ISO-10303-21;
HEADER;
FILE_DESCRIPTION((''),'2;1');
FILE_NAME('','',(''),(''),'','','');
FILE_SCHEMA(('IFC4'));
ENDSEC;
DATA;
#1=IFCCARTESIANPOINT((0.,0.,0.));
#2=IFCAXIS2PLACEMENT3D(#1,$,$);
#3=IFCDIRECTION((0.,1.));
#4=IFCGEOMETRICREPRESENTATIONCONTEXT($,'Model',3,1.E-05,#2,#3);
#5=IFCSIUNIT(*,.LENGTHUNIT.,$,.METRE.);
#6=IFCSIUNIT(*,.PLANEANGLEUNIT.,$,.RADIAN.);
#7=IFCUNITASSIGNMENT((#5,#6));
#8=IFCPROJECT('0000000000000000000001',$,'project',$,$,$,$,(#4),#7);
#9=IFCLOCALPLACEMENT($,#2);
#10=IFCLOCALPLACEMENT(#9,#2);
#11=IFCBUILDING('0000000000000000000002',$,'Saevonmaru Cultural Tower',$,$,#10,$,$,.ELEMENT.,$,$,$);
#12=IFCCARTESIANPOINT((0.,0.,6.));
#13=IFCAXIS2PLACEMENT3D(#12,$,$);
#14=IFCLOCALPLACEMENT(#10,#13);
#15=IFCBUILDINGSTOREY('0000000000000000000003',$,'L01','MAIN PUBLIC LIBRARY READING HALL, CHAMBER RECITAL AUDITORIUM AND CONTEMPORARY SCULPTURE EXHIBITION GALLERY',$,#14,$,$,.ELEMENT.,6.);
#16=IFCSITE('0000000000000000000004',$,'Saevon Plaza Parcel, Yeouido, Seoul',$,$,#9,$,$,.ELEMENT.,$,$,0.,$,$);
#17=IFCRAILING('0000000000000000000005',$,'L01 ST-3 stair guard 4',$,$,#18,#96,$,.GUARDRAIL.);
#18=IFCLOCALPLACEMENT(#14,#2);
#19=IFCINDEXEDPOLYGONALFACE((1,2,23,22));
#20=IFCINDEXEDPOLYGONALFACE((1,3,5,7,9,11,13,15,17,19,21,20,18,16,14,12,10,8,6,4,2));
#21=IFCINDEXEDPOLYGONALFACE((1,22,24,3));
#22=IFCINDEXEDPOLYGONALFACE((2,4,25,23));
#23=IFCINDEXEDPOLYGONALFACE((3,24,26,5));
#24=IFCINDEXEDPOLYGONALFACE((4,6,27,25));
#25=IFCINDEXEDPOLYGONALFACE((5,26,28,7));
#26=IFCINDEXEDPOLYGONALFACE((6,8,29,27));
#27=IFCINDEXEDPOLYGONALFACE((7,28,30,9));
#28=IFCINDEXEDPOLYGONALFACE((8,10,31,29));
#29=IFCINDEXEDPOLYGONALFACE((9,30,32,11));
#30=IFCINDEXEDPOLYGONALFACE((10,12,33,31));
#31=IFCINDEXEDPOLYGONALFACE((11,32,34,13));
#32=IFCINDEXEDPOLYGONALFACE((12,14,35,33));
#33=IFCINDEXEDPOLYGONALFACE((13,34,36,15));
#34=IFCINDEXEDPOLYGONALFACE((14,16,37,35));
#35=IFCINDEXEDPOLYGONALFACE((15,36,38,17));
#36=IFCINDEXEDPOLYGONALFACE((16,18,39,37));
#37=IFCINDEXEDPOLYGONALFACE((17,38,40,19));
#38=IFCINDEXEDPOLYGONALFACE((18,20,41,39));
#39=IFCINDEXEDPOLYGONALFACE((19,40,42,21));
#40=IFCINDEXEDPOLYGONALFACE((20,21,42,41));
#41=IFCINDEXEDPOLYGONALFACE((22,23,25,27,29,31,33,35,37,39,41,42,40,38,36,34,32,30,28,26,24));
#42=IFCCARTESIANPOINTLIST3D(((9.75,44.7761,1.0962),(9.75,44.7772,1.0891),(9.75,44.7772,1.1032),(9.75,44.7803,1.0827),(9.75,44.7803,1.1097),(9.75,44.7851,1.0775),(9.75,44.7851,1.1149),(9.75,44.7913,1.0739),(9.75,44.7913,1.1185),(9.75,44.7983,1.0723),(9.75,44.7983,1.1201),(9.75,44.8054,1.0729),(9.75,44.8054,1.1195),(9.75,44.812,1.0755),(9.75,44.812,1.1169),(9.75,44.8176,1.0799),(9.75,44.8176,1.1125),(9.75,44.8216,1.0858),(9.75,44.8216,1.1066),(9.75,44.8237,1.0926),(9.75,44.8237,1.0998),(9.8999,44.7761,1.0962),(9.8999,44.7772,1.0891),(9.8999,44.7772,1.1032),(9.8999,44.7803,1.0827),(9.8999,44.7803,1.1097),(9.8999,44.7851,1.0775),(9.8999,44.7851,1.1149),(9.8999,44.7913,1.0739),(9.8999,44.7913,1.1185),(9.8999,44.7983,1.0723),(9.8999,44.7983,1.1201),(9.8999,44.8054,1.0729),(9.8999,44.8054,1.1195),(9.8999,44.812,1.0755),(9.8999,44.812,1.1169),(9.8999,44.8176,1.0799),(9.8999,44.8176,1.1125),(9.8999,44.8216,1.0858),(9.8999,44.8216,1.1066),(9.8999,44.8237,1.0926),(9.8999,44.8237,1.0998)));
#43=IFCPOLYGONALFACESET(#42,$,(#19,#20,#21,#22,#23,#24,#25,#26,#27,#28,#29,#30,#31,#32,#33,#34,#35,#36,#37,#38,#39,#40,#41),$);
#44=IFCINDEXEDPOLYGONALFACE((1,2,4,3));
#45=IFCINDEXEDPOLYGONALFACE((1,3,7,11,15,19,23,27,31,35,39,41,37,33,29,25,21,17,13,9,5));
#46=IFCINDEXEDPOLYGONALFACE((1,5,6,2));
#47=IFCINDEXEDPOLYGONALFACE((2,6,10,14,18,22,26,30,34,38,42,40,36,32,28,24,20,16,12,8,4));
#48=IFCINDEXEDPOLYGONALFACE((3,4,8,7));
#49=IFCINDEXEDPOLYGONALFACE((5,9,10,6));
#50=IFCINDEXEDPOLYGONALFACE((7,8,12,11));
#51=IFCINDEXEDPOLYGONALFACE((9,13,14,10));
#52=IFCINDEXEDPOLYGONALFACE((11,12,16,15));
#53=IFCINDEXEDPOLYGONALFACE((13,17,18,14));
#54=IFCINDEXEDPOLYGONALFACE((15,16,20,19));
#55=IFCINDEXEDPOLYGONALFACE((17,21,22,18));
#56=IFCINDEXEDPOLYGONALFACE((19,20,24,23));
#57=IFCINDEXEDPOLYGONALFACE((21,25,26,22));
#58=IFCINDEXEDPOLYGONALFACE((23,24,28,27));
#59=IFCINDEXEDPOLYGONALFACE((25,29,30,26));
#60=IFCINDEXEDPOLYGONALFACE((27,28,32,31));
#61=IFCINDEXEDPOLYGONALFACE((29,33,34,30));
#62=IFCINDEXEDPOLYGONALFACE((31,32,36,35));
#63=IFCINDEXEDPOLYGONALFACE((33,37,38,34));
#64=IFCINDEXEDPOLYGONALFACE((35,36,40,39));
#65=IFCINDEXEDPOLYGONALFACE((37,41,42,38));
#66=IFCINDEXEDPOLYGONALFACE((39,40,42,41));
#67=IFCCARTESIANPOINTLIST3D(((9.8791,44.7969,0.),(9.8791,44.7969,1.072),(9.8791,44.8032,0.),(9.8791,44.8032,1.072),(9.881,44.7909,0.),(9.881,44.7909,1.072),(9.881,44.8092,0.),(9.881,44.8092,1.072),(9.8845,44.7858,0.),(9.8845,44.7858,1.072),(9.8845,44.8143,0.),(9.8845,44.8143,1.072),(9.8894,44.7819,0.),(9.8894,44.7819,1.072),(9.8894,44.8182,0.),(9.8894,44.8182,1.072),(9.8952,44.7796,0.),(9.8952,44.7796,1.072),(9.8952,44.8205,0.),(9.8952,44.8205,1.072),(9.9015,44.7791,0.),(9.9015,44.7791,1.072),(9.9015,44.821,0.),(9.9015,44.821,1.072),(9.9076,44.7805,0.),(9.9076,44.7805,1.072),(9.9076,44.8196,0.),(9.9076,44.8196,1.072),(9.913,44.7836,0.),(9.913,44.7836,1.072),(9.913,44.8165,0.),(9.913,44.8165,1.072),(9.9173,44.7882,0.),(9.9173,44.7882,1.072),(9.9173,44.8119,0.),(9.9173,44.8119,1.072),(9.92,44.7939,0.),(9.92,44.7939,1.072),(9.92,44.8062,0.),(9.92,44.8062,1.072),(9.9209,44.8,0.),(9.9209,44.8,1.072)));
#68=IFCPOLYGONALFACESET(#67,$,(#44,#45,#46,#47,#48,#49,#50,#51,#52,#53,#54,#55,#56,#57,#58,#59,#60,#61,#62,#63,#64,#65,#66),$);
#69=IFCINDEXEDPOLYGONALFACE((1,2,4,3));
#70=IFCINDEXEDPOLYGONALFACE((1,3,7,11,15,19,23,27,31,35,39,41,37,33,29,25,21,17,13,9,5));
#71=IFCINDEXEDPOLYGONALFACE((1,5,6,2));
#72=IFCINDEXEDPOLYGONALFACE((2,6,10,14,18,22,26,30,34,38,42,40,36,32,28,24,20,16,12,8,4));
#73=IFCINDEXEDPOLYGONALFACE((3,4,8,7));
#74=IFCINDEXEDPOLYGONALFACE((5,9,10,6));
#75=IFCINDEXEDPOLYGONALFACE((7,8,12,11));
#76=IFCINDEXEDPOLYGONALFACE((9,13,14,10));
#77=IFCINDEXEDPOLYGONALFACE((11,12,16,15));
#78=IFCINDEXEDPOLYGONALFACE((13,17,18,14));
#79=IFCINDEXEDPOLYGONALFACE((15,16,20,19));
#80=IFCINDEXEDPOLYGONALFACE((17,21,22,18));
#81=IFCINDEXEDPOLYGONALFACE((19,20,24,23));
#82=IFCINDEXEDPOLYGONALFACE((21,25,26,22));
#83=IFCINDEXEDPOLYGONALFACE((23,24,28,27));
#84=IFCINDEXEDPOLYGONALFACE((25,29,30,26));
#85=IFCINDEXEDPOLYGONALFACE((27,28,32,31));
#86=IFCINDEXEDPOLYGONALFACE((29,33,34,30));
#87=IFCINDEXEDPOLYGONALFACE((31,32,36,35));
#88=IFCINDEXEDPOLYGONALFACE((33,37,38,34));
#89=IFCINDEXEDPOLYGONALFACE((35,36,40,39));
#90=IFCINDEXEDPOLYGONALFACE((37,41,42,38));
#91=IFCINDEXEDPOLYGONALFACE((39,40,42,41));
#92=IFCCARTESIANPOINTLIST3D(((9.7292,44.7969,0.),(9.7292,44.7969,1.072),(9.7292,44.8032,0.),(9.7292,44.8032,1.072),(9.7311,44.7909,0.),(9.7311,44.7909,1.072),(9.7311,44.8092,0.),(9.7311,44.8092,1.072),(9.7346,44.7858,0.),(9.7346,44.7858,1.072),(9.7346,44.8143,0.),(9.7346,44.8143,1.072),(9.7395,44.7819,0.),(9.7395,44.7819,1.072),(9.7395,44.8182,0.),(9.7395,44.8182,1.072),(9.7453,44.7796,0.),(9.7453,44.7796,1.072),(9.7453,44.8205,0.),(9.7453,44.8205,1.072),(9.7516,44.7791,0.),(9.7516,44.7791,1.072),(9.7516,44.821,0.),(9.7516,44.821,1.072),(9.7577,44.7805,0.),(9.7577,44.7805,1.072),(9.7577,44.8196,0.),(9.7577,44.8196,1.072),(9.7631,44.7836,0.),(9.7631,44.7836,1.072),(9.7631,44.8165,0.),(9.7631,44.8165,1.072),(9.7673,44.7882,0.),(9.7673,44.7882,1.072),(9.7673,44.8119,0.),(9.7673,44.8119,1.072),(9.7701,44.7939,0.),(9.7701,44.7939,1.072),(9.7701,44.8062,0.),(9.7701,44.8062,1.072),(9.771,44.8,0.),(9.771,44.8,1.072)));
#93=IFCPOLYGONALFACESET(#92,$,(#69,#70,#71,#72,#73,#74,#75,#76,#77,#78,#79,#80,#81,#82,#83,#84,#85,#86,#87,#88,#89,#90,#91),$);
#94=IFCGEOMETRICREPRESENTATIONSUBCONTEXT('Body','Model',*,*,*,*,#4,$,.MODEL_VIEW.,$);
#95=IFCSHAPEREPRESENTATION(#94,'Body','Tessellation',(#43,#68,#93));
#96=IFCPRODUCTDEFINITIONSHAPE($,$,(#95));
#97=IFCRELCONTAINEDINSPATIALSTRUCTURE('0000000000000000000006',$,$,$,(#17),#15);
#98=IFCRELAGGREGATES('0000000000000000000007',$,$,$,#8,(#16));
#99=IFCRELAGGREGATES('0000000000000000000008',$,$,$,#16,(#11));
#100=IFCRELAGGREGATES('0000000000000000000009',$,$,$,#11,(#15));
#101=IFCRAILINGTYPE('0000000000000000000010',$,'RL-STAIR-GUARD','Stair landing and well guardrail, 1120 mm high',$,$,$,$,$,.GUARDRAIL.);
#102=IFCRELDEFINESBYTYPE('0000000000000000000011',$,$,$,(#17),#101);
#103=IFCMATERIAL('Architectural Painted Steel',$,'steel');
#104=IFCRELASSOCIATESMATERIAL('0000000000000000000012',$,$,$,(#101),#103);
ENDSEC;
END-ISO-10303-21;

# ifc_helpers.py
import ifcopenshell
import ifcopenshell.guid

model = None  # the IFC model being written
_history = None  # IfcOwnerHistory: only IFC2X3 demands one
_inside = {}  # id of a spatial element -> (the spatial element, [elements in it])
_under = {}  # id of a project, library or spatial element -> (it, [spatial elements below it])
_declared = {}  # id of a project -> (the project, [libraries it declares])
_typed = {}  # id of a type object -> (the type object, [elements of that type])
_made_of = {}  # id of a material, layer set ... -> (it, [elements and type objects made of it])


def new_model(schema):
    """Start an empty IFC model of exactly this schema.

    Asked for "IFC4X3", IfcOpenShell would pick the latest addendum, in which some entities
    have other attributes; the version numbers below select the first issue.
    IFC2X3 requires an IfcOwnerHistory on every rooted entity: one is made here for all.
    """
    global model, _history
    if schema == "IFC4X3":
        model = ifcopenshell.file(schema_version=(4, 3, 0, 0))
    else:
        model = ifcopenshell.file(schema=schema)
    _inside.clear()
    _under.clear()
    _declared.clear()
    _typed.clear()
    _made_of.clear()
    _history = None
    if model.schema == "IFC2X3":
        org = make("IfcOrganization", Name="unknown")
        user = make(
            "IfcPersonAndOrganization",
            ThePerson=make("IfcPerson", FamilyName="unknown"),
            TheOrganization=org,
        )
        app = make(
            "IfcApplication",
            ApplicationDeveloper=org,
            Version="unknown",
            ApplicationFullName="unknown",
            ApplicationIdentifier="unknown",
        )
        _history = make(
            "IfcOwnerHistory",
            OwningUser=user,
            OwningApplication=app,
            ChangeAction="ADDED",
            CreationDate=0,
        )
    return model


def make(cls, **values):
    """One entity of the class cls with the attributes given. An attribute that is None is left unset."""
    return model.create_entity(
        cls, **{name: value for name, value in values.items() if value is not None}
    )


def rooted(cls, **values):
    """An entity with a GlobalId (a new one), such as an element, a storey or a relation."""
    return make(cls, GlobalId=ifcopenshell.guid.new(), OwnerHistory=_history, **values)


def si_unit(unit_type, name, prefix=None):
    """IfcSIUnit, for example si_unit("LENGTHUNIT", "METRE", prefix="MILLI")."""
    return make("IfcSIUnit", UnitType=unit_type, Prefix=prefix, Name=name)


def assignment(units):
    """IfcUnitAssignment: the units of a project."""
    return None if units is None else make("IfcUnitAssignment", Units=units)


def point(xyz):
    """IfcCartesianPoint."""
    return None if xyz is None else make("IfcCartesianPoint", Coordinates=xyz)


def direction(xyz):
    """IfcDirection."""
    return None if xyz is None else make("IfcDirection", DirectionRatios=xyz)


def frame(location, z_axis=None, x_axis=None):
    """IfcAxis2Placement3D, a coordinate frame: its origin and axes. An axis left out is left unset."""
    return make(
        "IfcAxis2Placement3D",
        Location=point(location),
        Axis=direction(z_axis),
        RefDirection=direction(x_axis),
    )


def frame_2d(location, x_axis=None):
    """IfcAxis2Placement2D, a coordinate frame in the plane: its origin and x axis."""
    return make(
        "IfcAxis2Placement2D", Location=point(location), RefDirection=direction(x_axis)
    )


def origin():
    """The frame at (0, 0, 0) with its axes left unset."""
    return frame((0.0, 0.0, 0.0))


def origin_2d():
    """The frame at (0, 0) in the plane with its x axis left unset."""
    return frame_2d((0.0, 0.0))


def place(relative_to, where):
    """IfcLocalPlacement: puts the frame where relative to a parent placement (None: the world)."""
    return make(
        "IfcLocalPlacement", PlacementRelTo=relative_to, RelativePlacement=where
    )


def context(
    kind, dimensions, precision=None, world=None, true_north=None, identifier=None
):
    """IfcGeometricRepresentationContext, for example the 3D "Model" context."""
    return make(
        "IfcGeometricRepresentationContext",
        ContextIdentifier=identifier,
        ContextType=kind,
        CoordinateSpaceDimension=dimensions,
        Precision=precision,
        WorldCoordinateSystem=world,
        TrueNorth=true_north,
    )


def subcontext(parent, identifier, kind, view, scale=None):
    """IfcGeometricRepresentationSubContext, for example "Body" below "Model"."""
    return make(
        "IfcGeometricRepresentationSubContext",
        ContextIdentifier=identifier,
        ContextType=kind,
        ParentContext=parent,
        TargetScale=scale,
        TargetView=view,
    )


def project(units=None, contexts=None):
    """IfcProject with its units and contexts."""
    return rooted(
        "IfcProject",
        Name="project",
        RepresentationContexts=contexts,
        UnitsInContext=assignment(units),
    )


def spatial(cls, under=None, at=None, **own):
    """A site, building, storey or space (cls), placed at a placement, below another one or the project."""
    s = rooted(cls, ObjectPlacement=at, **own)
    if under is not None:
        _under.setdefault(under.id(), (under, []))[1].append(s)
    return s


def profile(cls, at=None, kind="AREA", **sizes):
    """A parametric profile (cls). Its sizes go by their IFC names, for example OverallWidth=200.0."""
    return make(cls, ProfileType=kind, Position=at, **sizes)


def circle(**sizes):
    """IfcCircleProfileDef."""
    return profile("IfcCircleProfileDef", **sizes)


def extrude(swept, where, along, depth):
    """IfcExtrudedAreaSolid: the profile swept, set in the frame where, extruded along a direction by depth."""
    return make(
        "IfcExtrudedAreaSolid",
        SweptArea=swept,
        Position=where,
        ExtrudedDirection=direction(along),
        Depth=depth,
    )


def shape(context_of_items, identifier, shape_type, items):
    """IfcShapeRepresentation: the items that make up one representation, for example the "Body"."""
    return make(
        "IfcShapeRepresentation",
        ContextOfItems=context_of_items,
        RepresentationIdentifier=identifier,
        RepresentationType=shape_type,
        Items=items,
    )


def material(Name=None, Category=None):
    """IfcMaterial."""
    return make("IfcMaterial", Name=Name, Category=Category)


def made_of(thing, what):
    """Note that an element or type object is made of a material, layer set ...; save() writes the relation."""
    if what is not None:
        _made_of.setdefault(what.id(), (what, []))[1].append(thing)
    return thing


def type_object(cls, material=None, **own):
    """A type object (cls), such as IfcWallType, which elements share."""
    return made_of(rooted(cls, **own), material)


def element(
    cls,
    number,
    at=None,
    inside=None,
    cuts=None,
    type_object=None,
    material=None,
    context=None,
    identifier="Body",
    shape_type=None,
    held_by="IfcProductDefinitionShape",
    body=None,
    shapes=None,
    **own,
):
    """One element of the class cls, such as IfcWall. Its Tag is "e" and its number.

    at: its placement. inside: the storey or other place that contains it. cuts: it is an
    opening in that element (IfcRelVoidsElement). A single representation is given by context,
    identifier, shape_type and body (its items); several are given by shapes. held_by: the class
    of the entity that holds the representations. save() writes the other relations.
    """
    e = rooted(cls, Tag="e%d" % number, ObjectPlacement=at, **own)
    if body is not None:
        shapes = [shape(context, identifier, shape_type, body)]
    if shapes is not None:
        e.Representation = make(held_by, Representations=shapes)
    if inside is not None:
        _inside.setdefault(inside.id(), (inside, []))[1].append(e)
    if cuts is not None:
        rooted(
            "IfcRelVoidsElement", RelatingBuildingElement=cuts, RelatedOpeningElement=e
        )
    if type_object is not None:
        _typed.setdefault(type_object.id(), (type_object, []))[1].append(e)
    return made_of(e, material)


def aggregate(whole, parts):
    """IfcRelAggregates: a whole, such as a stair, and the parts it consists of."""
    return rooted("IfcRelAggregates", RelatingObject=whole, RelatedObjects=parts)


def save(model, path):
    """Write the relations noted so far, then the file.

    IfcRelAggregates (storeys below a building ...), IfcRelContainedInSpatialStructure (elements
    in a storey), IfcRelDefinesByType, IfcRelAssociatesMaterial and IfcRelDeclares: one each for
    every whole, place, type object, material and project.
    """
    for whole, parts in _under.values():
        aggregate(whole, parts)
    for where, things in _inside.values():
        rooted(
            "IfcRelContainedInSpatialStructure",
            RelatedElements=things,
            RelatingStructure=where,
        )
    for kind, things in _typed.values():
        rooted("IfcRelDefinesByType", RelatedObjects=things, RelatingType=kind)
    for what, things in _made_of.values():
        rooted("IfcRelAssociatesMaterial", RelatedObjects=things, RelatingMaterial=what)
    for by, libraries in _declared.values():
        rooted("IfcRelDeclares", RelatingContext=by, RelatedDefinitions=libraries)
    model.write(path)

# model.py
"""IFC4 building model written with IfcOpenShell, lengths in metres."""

from ifc_helpers import new_model, si_unit, direction, frame, origin, origin_2d, place, context, subcontext, project, spatial, circle, extrude, material, type_object, element, save


model = new_model("IFC4")

# Units and contexts
model_context = context("Model", 3, precision=1e-05, world=origin(), true_north=direction((0.0, 1.0)))
body_context = subcontext(model_context, "Body", "Model", "MODEL_VIEW")
ifc_project = project(units=[si_unit("LENGTHUNIT", "METRE"), si_unit("PLANEANGLEUNIT", "RADIAN")], contexts=[model_context])

# Site, building, storey
site_placement = place(None, origin())
site = spatial("IfcSite", under=ifc_project, at=site_placement, Name="Saevon Plaza Parcel, Yeouido, Seoul", CompositionType="ELEMENT", RefElevation=0.0)
building_placement = place(site_placement, origin())
building = spatial("IfcBuilding", under=site, at=building_placement, Name="Saevonmaru Cultural Tower", CompositionType="ELEMENT")
storey_placement = place(building_placement, frame((0.0, 0.0, 6.0)))
storey = spatial("IfcBuildingStorey", under=building, at=storey_placement, Name="L01", Description="MAIN PUBLIC LIBRARY READING HALL, CHAMBER RECITAL AUDITORIUM AND CONTEMPORARY SCULPTURE EXHIBITION GALLERY", CompositionType="ELEMENT", Elevation=6.0)

# Railing
ifc_material_1 = material(Name="Architectural Painted Steel", Category="steel")
railing_type_1 = type_object("IfcRailingType", Name="RL-STAIR-GUARD", Description="Stair landing and well guardrail, 1120 mm high", PredefinedType="GUARDRAIL", material=ifc_material_1)
railing_1_placement = place(storey_placement, frame((9.8999, 44.8, 0.0)))
element("IfcRailing", 1, at=railing_1_placement, inside=storey, type_object=railing_type_1, Name="L01 ST-3 stair guard 4", PredefinedType="GUARDRAIL", context=body_context, shape_type="SweptSolid", body=[
    extrude(circle(Radius=0.0239, at=origin_2d()), frame((0.0, 0.0, 1.0962), z_axis=(-1.0, 0.0, 0.0), x_axis=(0.0, -1.0, 0.0)), (0.0, 0.0, 1.0), 0.1499),
    extrude(circle(Radius=0.021, at=origin_2d()), origin(), (0.0, 0.0, 1.0), 1.072),
    extrude(circle(Radius=0.021, at=origin_2d()), frame((-0.1499, 0.0, 0.0)), (0.0, 0.0, 1.0), 1.072),
])

save(model, "model.ifc")
